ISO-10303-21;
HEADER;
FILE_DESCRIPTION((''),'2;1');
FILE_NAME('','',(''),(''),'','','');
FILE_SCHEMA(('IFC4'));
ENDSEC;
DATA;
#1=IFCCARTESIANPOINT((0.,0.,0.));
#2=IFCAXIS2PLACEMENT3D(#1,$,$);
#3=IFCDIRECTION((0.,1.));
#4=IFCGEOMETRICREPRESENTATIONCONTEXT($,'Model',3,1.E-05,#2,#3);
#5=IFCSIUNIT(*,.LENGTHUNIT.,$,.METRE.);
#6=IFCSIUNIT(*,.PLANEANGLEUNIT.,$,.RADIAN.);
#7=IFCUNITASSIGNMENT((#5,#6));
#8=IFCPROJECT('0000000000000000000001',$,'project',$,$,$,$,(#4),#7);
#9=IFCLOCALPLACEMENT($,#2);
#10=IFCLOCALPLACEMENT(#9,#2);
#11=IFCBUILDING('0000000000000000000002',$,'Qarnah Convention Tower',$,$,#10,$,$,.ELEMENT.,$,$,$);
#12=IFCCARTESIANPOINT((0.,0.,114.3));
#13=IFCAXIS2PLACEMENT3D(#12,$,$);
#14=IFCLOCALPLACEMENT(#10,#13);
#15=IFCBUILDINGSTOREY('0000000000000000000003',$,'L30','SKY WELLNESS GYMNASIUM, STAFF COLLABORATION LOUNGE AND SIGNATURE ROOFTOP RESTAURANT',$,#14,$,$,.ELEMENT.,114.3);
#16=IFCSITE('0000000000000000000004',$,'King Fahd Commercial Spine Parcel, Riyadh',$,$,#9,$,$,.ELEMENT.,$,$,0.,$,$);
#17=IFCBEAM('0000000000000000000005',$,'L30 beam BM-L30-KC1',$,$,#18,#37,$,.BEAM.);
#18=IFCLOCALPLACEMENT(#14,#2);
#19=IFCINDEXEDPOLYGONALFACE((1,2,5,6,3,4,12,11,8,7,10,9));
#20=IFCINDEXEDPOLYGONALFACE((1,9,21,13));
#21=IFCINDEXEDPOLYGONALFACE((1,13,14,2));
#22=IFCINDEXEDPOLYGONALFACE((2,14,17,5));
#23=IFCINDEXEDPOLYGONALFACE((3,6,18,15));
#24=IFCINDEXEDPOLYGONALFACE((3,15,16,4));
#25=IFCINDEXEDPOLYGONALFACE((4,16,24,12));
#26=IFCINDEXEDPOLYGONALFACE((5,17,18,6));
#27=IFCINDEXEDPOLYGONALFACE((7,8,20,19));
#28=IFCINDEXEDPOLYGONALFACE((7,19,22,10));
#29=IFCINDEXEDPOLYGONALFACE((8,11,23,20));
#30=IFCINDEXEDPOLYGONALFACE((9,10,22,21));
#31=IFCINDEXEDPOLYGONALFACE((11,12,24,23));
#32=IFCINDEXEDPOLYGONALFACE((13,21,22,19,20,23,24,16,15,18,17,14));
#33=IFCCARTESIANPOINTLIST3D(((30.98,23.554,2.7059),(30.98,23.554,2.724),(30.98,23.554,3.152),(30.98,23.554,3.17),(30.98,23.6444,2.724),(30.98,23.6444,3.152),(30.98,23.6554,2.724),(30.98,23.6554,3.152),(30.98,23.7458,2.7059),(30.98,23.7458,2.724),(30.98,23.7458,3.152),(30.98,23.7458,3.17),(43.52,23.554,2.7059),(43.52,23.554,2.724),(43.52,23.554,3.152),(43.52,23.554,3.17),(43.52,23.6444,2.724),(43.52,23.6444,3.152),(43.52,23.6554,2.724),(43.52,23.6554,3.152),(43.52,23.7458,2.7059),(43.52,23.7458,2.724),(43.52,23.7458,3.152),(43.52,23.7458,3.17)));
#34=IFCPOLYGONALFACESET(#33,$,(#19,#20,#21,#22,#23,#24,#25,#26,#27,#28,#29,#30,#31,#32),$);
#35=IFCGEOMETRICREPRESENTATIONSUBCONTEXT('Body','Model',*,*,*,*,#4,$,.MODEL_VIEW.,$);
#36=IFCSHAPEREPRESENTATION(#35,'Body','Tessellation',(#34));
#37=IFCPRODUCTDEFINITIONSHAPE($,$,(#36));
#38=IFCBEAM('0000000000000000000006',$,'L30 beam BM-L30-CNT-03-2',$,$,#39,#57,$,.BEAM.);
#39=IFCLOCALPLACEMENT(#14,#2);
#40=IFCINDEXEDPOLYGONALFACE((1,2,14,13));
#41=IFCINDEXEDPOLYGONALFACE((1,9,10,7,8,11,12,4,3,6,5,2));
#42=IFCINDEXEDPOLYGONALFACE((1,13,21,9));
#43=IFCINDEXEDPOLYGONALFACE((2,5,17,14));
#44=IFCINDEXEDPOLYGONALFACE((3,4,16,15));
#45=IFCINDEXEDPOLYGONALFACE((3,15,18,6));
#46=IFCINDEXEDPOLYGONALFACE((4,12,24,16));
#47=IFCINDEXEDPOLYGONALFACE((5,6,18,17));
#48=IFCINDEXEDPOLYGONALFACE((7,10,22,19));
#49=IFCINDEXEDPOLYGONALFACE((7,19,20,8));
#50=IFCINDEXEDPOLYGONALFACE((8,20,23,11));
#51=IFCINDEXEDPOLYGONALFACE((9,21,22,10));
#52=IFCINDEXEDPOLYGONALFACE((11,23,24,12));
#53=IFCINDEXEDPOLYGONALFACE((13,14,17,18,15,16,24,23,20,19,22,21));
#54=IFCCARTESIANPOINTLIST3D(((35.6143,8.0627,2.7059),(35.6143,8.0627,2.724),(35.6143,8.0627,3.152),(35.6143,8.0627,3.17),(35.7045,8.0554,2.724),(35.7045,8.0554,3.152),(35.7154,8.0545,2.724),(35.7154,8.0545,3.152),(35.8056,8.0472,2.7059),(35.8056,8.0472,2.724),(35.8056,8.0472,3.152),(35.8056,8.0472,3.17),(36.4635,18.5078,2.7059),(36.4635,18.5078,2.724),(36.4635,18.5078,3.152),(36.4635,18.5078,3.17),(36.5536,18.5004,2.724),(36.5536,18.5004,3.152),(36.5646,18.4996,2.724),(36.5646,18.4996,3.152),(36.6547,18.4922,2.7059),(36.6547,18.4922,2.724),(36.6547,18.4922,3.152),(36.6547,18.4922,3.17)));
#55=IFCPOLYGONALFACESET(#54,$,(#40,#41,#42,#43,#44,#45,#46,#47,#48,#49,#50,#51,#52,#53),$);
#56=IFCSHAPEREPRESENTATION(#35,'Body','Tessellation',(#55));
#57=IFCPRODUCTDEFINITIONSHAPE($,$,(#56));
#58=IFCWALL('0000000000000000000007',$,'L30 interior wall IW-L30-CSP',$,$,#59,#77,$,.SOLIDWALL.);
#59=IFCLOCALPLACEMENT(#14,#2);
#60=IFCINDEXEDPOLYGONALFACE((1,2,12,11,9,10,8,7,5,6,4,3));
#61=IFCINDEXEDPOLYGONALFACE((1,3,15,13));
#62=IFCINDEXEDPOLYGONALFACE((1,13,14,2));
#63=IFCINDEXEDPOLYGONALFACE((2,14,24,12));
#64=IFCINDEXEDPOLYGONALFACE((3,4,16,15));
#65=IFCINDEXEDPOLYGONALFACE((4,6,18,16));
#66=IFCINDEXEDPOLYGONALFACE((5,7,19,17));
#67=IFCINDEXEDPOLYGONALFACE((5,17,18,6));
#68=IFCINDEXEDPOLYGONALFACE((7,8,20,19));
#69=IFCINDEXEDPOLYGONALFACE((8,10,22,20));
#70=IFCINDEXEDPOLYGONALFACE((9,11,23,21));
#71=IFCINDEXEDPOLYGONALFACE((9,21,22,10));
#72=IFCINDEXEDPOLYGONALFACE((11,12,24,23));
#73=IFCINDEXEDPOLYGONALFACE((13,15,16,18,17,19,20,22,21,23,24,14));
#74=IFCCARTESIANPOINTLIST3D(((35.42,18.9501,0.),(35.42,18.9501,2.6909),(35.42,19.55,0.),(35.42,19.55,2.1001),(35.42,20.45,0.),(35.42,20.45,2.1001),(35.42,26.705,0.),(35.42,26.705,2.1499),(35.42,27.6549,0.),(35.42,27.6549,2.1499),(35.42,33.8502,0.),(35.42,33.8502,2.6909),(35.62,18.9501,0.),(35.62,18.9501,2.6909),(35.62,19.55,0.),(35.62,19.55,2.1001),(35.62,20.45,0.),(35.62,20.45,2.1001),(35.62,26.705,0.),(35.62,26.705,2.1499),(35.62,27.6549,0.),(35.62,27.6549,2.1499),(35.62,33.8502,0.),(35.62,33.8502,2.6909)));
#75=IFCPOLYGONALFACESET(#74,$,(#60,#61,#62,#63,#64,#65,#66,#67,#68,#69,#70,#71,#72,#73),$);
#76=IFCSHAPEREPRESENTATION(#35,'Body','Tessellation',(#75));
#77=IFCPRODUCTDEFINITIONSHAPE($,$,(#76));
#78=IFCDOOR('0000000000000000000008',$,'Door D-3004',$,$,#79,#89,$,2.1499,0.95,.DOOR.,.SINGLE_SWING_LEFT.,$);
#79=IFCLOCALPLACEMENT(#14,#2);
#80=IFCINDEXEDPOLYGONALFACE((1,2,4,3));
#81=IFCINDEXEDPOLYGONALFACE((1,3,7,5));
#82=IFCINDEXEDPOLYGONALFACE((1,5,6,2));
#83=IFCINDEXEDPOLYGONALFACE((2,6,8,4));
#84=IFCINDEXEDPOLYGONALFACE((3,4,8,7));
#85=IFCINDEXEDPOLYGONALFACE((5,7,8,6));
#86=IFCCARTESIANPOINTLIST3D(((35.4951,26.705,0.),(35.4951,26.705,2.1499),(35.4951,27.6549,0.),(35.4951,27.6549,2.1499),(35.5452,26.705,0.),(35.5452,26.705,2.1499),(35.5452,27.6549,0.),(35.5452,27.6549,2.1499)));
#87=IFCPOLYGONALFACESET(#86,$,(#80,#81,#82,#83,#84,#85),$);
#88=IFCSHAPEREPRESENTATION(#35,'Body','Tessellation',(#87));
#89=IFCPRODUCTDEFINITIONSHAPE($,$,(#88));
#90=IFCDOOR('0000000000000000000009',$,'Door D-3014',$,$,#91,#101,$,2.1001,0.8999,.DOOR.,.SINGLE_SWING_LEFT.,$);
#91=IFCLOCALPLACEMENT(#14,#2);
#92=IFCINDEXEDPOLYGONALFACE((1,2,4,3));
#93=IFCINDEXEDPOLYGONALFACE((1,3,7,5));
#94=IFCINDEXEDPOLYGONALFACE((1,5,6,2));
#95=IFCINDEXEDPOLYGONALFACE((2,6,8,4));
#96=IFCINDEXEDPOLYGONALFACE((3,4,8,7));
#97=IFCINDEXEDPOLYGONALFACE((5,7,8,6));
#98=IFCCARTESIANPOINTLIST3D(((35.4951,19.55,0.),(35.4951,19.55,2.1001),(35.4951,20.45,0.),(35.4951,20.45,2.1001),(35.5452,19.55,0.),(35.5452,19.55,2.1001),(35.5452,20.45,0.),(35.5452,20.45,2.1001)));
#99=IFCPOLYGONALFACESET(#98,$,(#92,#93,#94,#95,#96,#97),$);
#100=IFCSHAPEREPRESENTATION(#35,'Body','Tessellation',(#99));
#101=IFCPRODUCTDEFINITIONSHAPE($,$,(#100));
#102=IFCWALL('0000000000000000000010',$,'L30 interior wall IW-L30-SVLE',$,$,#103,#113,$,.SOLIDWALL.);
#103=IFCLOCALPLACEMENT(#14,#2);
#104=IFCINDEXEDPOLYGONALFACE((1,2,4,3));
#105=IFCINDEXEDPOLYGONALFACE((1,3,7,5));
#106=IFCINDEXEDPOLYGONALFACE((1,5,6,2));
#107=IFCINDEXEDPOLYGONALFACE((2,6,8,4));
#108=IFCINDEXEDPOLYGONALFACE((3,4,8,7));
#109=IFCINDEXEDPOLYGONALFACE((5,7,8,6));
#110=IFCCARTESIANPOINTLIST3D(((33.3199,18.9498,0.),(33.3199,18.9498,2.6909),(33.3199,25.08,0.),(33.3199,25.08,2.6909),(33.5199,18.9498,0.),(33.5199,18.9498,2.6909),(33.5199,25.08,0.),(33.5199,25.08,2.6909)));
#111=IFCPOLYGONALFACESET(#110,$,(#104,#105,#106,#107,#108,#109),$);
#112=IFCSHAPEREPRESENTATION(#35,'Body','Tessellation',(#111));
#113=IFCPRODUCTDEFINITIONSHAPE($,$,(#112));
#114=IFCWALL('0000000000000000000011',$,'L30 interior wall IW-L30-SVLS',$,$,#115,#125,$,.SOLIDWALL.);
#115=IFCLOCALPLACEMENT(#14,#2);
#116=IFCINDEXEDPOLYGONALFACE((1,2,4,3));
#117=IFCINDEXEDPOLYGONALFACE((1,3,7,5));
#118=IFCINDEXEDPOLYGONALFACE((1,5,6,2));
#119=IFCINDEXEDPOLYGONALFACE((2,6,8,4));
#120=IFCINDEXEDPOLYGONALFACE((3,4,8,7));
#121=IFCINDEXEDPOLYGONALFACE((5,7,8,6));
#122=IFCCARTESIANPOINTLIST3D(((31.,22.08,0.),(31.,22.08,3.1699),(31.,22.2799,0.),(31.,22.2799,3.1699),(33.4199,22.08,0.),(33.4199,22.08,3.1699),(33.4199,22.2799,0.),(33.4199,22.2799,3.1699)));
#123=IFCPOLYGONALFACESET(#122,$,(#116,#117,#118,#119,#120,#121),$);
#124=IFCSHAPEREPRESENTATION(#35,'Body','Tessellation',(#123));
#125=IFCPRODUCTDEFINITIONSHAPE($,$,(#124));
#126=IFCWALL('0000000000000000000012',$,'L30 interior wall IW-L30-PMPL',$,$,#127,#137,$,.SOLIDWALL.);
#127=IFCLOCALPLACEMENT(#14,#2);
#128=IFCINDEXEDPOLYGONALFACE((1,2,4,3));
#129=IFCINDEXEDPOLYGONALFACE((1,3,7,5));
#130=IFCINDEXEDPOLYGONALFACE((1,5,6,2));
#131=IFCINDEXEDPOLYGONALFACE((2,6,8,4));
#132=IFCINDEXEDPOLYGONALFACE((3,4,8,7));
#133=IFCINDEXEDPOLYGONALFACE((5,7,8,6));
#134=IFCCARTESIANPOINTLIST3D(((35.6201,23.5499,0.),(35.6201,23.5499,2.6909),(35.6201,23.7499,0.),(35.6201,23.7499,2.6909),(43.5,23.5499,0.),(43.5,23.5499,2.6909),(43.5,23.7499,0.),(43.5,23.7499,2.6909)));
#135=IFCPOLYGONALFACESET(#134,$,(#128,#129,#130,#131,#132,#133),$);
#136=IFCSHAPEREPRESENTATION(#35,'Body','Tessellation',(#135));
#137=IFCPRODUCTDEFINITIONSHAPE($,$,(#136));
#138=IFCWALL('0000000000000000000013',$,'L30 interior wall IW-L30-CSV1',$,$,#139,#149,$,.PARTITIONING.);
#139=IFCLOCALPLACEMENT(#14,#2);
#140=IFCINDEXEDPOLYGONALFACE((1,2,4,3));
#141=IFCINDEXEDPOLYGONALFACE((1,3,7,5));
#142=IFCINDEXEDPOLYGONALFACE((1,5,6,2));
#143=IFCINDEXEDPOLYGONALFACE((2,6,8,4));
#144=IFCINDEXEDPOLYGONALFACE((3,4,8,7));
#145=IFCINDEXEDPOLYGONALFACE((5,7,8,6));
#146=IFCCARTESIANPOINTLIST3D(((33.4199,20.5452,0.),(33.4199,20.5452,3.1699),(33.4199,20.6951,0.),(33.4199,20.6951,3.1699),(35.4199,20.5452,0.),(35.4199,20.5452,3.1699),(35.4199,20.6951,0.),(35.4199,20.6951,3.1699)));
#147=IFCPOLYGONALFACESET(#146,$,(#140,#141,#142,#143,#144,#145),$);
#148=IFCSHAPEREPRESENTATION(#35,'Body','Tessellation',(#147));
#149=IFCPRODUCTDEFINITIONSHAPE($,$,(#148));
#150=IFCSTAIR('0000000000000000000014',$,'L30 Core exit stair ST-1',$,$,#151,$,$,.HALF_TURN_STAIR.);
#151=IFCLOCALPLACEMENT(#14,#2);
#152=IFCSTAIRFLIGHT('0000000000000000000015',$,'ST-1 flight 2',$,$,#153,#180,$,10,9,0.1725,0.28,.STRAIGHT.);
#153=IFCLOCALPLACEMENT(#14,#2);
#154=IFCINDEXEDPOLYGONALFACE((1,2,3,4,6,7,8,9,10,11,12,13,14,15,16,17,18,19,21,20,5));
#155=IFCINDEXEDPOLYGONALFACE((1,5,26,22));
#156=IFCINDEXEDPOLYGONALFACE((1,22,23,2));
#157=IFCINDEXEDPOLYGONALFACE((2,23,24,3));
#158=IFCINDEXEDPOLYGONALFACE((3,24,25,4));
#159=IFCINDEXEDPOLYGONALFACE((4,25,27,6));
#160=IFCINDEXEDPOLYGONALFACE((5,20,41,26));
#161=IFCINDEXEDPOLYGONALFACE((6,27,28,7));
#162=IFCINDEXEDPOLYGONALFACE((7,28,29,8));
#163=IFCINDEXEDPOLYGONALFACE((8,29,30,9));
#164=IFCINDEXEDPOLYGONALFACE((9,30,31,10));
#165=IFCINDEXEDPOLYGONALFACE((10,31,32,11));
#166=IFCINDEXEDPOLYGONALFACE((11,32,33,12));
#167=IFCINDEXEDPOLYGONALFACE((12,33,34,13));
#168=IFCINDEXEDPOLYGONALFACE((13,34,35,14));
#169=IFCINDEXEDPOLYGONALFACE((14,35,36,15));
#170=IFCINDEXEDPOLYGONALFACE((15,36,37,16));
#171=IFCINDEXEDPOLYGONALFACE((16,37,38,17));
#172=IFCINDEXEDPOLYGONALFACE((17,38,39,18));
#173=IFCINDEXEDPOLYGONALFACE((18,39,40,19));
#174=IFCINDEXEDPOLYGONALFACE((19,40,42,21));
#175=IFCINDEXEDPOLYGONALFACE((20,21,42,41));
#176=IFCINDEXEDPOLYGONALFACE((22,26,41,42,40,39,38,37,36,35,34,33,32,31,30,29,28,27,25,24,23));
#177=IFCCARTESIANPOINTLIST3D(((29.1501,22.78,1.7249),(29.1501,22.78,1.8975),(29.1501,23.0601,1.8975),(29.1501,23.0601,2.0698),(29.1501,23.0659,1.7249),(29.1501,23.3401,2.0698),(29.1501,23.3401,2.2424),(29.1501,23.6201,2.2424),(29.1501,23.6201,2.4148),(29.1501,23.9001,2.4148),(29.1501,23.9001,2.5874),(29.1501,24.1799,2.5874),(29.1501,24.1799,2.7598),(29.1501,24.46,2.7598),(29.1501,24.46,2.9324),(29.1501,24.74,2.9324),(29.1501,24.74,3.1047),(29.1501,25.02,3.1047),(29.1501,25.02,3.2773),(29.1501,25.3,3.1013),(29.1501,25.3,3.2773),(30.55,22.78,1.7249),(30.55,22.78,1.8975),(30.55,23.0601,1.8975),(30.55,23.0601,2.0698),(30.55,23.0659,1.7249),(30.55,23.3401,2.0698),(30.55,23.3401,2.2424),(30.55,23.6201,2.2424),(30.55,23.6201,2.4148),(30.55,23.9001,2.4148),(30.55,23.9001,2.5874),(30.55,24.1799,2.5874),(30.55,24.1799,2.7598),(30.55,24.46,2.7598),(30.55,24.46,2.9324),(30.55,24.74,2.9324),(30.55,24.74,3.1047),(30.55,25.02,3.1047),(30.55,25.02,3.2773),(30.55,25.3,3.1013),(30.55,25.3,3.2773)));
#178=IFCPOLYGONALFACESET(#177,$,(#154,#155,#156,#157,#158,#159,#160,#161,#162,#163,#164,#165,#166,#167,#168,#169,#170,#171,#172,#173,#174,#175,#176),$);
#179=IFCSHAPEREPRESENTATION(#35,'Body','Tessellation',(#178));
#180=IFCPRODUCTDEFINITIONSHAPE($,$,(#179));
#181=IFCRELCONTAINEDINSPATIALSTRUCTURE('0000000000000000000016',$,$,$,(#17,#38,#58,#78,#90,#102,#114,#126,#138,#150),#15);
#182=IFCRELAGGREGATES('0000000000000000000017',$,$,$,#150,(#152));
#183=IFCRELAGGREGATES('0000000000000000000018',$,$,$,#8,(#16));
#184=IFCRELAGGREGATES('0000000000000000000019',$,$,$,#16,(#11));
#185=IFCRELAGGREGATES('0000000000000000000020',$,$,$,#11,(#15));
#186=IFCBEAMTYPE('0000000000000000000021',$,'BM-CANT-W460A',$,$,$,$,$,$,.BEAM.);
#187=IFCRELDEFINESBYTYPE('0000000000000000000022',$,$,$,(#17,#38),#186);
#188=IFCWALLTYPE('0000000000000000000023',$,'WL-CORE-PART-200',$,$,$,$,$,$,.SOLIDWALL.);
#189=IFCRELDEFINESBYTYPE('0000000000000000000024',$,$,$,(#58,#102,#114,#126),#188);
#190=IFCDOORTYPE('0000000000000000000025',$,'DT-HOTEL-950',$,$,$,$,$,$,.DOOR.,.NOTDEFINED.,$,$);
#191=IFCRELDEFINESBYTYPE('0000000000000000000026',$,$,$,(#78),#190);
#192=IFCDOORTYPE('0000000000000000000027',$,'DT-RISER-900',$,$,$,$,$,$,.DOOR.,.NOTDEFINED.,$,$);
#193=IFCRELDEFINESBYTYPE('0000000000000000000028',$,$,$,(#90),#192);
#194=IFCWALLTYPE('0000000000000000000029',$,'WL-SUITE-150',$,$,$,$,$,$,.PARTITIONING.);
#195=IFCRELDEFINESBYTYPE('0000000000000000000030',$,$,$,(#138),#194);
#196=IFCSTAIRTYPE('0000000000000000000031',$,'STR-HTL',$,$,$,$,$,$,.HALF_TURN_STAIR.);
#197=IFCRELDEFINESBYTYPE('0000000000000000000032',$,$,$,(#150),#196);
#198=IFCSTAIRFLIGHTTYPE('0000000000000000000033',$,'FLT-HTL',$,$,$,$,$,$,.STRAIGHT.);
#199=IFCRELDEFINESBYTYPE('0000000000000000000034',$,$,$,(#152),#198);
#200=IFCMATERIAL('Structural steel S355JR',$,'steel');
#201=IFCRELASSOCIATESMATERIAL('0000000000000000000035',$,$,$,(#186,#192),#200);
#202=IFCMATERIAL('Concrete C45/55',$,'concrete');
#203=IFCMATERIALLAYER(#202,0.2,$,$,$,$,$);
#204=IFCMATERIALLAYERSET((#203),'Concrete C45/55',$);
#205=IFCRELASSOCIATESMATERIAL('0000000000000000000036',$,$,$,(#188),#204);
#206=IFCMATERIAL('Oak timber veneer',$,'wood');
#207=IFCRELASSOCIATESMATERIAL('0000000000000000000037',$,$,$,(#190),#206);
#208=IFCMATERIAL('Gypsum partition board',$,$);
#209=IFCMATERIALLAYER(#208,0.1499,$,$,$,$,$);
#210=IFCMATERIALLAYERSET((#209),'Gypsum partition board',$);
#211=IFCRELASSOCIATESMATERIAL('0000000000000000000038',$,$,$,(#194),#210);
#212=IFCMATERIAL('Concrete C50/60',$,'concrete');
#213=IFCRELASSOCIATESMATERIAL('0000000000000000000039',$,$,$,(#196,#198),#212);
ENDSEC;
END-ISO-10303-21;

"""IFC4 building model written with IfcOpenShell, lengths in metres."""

from ifc_helpers import new_model, si_unit, direction, frame, frame_2d, origin, origin_2d, place, context, subcontext, project, spatial, polyline, rectangle, i_section, outline, extrude, material, layer, layer_set, material_profile, profile_set, type_object, element, fill, aggregate, save


model = new_model("IFC4")

# Units and contexts
model_context = context("Model", 3, precision=1e-05, world=origin(), true_north=direction((0.0, 1.0)))
body_context = subcontext(model_context, "Body", "Model", "MODEL_VIEW")
ifc_project = project(units=[si_unit("LENGTHUNIT", "METRE"), si_unit("PLANEANGLEUNIT", "RADIAN")], contexts=[model_context])

# Site, building, storey
site_placement = place(None, origin())
site = spatial("IfcSite", under=ifc_project, at=site_placement, Name="King Fahd Commercial Spine Parcel, Riyadh", CompositionType="ELEMENT", RefElevation=0.0)
building_placement = place(site_placement, origin())
building = spatial("IfcBuilding", under=site, at=building_placement, Name="Qarnah Convention Tower", CompositionType="ELEMENT")
storey_placement = place(building_placement, frame((0.0, 0.0, 114.3)))
storey = spatial("IfcBuildingStorey", under=building, at=storey_placement, Name="L30", Description="SKY WELLNESS GYMNASIUM, STAFF COLLABORATION LOUNGE AND SIGNATURE ROOFTOP RESTAURANT", CompositionType="ELEMENT", Elevation=114.3)

# Beams
ifc_material_1 = material(Name="Structural steel S355JR", Category="steel")
ifc_material_profile = material_profile(ifc_material_1, i_section(OverallWidth=0.1919, OverallDepth=0.4641, WebThickness=0.011, FlangeThickness=0.0181, at=origin_2d()), Name="W460X89")
ifc_profile_set = profile_set([ifc_material_profile], Name="Structural steel S355JR")
beam_type = type_object("IfcBeamType", Name="BM-CANT-W460A", PredefinedType="BEAM", material=ifc_profile_set)
beam_1_placement = place(storey_placement, frame((30.98, 23.6499, 2.938), z_axis=(1.0, 0.0, 0.0), x_axis=(0.0, 1.0, 0.0)))
element("IfcBeam", 1, at=beam_1_placement, inside=storey, type_object=beam_type, Name="L30 beam BM-L30-KC1", PredefinedType="BEAM", context=body_context, shape_type="SweptSolid", body=[
    extrude(i_section(OverallWidth=0.1919, OverallDepth=0.4641, WebThickness=0.011, FlangeThickness=0.0181, at=origin_2d()), origin(), (0.0, 0.0, 1.0), 12.54),
])
beam_2_placement = place(storey_placement, frame((36.5591, 18.5, 2.938), z_axis=(-0.081027, -0.996712, 0.0), x_axis=(0.996712, -0.081027, 0.0)))
element("IfcBeam", 2, at=beam_2_placement, inside=storey, type_object=beam_type, Name="L30 beam BM-L30-CNT-03-2", PredefinedType="BEAM", context=body_context, shape_type="SweptSolid", body=[
    extrude(i_section(OverallWidth=0.1919, OverallDepth=0.4641, WebThickness=0.011, FlangeThickness=0.0181, at=origin_2d()), origin(), (0.0, 0.0, 1.0), 10.4795),
])

# Wall, openings, doors
door_type_1 = type_object("IfcDoorType", Name="DT-RISER-900", OperationType="NOTDEFINED", PredefinedType="DOOR", material=ifc_material_1)
ifc_material_2 = material(Name="Concrete C45/55", Category="concrete")
ifc_layer_1 = layer(ifc_material_2, 0.2)
ifc_layer_set_1 = layer_set([ifc_layer_1], Name="Concrete C45/55")
wall_type_1 = type_object("IfcWallType", Name="WL-CORE-PART-200", PredefinedType="SOLIDWALL", material=ifc_layer_set_1)
wall_1_placement = place(storey_placement, frame((35.52, 18.95, 0.0), z_axis=(0.0, 0.0, 1.0), x_axis=(0.0, 1.0, 0.0)))
wall_1 = element("IfcWall", 3, at=wall_1_placement, inside=storey, type_object=wall_type_1, Name="L30 interior wall IW-L30-CSP", PredefinedType="SOLIDWALL", context=body_context, shape_type="SweptSolid", body=[
    extrude(rectangle(XDim=14.9001, YDim=0.2, at=frame_2d((7.4502, 0.0))), origin(), (0.0, 0.0, 1.0), 2.6909),
])
opening_1_placement = place(wall_1_placement, frame((7.7549, 0.0, 0.0)))
opening_1 = element("IfcOpeningElement", 4, at=opening_1_placement, cuts=wall_1, PredefinedType="OPENING", context=body_context, shape_type="SweptSolid", body=[
    extrude(rectangle(XDim=0.95, YDim=2.1499, at=frame_2d((0.4751, 1.075))), frame((0.0, 0.1099, 0.0), z_axis=(0.0, -1.0, 0.0), x_axis=(1.0, 0.0, 0.0)), (0.0, 0.0, 1.0), 0.22),
])
opening_2_placement = place(wall_1_placement, frame((0.6001, 0.0, 0.0)))
opening_2 = element("IfcOpeningElement", 5, at=opening_2_placement, cuts=wall_1, PredefinedType="OPENING", context=body_context, shape_type="SweptSolid", body=[
    extrude(rectangle(XDim=0.8999, YDim=2.1001, at=frame_2d((0.45, 1.05))), frame((0.0, 0.1099, 0.0), z_axis=(0.0, -1.0, 0.0), x_axis=(1.0, 0.0, 0.0)), (0.0, 0.0, 1.0), 0.22),
])
ifc_material_3 = material(Name="Oak timber veneer", Category="wood")
door_type_2 = type_object("IfcDoorType", Name="DT-HOTEL-950", OperationType="NOTDEFINED", PredefinedType="DOOR", material=ifc_material_3)
door_1_placement = place(opening_1_placement, origin())
door_1 = element("IfcDoor", 6, at=door_1_placement, inside=storey, type_object=door_type_2, Name="Door D-3004", OperationType="SINGLE_SWING_LEFT", OverallHeight=2.1499, OverallWidth=0.95, PredefinedType="DOOR", context=body_context, shape_type="SweptSolid", body=[
    extrude(rectangle(XDim=0.95, YDim=2.1499, at=frame_2d((0.4751, 1.075))), frame((0.0, 0.0249, 0.0), z_axis=(0.0, -1.0, 0.0), x_axis=(1.0, 0.0, 0.0)), (0.0, 0.0, 1.0), 0.05),
])
fill(opening_1, door_1)
door_2_placement = place(opening_2_placement, origin())
door_2 = element("IfcDoor", 7, at=door_2_placement, inside=storey, type_object=door_type_1, Name="Door D-3014", OperationType="SINGLE_SWING_LEFT", OverallHeight=2.1001, OverallWidth=0.8999, PredefinedType="DOOR", context=body_context, shape_type="SweptSolid", body=[
    extrude(rectangle(XDim=0.8999, YDim=2.1001, at=frame_2d((0.45, 1.05))), frame((0.0, 0.0249, 0.0), z_axis=(0.0, -1.0, 0.0), x_axis=(1.0, 0.0, 0.0)), (0.0, 0.0, 1.0), 0.05),
])
fill(opening_2, door_2)

# Walls
wall_2_placement = place(storey_placement, frame((33.4199, 18.95, 0.0), z_axis=(0.0, 0.0, 1.0), x_axis=(0.0, 1.0, 0.0)))
element("IfcWall", 8, at=wall_2_placement, inside=storey, type_object=wall_type_1, Name="L30 interior wall IW-L30-SVLE", PredefinedType="SOLIDWALL", context=body_context, shape_type="SweptSolid", body=[
    extrude(rectangle(XDim=6.1301, YDim=0.2, at=frame_2d((3.0649, 0.0))), origin(), (0.0, 0.0, 1.0), 2.6909),
])
wall_3_placement = place(storey_placement, frame((31.0, 22.1799, 0.0), z_axis=(0.0, 0.0, 1.0), x_axis=(1.0, 0.0, 0.0)))
element("IfcWall", 9, at=wall_3_placement, inside=storey, type_object=wall_type_1, Name="L30 interior wall IW-L30-SVLS", PredefinedType="SOLIDWALL", context=body_context, shape_type="SweptSolid", body=[
    extrude(rectangle(XDim=2.4199, YDim=0.2, at=frame_2d((1.21, 0.0))), origin(), (0.0, 0.0, 1.0), 3.1699),
])
wall_4_placement = place(storey_placement, frame((35.6201, 23.6499, 0.0), z_axis=(0.0, 0.0, 1.0), x_axis=(1.0, 0.0, 0.0)))
element("IfcWall", 10, at=wall_4_placement, inside=storey, type_object=wall_type_1, Name="L30 interior wall IW-L30-PMPL", PredefinedType="SOLIDWALL", context=body_context, shape_type="SweptSolid", body=[
    extrude(rectangle(XDim=7.8799, YDim=0.2, at=frame_2d((3.9399, 0.0))), origin(), (0.0, 0.0, 1.0), 2.6909),
])

# Wall
ifc_material_4 = material(Name="Gypsum partition board")
ifc_layer_2 = layer(ifc_material_4, 0.1499)
ifc_layer_set_2 = layer_set([ifc_layer_2], Name="Gypsum partition board")
wall_type_2 = type_object("IfcWallType", Name="WL-SUITE-150", PredefinedType="PARTITIONING", material=ifc_layer_set_2)
wall_5_placement = place(storey_placement, frame((33.4199, 20.6201, 0.0), z_axis=(0.0, 0.0, 1.0), x_axis=(1.0, 0.0, 0.0)))
element("IfcWall", 11, at=wall_5_placement, inside=storey, type_object=wall_type_2, Name="L30 interior wall IW-L30-CSV1", PredefinedType="PARTITIONING", context=body_context, shape_type="SweptSolid", body=[
    extrude(rectangle(XDim=2.0, YDim=0.1499, at=frame_2d((1.0, 0.0))), origin(), (0.0, 0.0, 1.0), 3.1699),
])

# Stair, stair flight
ifc_material_5 = material(Name="Concrete C50/60", Category="concrete")
stair_type = type_object("IfcStairType", Name="STR-HTL", PredefinedType="HALF_TURN_STAIR", material=ifc_material_5)
stair_placement = place(storey_placement, origin())
stair = element("IfcStair", 12, at=stair_placement, inside=storey, type_object=stair_type, Name="L30 Core exit stair ST-1", PredefinedType="HALF_TURN_STAIR")
stair_flight_type = type_object("IfcStairFlightType", Name="FLT-HTL", PredefinedType="STRAIGHT", material=ifc_material_5)
stair_flight_placement = place(storey_placement, frame((29.8501, 22.78, 1.7249), z_axis=(0.0, 0.0, 1.0), x_axis=(0.0, 1.0, 0.0)))
stair_flight = element("IfcStairFlight", 13, at=stair_flight_placement, type_object=stair_flight_type, Name="ST-1 flight 2", NumberOfRisers=10, NumberOfTreads=9, PredefinedType="STRAIGHT", RiserHeight=0.1725, TreadLength=0.28, context=body_context, shape_type="SweptSolid", body=[
    extrude(outline(polyline([(0.0, 0.0), (0.0, 0.1726), (0.28, 0.1726), (0.28, 0.345), (0.5601, 0.345), (0.5601, 0.5176), (0.8401, 0.5176), (0.8401, 0.6899), (1.1201, 0.6899), (1.1201, 0.8625), (1.3999, 0.8625), (1.3999, 1.0349), (1.6799, 1.0349), (1.6799, 1.2075), (1.96, 1.2075), (1.96, 1.3799), (2.24, 1.3799), (2.24, 1.5525), (2.52, 1.5525), (2.52, 1.7251), (2.52, 1.3765), (0.2859, 0.0), (0.0, 0.0)])), frame((0.0, 0.7, 0.0), z_axis=(0.0, -1.0, 0.0), x_axis=(1.0, 0.0, 0.0)), (0.0, 0.0, 1.0), 1.3999),
])
aggregate(stair, [stair_flight])

save(model, "model.ifc")
